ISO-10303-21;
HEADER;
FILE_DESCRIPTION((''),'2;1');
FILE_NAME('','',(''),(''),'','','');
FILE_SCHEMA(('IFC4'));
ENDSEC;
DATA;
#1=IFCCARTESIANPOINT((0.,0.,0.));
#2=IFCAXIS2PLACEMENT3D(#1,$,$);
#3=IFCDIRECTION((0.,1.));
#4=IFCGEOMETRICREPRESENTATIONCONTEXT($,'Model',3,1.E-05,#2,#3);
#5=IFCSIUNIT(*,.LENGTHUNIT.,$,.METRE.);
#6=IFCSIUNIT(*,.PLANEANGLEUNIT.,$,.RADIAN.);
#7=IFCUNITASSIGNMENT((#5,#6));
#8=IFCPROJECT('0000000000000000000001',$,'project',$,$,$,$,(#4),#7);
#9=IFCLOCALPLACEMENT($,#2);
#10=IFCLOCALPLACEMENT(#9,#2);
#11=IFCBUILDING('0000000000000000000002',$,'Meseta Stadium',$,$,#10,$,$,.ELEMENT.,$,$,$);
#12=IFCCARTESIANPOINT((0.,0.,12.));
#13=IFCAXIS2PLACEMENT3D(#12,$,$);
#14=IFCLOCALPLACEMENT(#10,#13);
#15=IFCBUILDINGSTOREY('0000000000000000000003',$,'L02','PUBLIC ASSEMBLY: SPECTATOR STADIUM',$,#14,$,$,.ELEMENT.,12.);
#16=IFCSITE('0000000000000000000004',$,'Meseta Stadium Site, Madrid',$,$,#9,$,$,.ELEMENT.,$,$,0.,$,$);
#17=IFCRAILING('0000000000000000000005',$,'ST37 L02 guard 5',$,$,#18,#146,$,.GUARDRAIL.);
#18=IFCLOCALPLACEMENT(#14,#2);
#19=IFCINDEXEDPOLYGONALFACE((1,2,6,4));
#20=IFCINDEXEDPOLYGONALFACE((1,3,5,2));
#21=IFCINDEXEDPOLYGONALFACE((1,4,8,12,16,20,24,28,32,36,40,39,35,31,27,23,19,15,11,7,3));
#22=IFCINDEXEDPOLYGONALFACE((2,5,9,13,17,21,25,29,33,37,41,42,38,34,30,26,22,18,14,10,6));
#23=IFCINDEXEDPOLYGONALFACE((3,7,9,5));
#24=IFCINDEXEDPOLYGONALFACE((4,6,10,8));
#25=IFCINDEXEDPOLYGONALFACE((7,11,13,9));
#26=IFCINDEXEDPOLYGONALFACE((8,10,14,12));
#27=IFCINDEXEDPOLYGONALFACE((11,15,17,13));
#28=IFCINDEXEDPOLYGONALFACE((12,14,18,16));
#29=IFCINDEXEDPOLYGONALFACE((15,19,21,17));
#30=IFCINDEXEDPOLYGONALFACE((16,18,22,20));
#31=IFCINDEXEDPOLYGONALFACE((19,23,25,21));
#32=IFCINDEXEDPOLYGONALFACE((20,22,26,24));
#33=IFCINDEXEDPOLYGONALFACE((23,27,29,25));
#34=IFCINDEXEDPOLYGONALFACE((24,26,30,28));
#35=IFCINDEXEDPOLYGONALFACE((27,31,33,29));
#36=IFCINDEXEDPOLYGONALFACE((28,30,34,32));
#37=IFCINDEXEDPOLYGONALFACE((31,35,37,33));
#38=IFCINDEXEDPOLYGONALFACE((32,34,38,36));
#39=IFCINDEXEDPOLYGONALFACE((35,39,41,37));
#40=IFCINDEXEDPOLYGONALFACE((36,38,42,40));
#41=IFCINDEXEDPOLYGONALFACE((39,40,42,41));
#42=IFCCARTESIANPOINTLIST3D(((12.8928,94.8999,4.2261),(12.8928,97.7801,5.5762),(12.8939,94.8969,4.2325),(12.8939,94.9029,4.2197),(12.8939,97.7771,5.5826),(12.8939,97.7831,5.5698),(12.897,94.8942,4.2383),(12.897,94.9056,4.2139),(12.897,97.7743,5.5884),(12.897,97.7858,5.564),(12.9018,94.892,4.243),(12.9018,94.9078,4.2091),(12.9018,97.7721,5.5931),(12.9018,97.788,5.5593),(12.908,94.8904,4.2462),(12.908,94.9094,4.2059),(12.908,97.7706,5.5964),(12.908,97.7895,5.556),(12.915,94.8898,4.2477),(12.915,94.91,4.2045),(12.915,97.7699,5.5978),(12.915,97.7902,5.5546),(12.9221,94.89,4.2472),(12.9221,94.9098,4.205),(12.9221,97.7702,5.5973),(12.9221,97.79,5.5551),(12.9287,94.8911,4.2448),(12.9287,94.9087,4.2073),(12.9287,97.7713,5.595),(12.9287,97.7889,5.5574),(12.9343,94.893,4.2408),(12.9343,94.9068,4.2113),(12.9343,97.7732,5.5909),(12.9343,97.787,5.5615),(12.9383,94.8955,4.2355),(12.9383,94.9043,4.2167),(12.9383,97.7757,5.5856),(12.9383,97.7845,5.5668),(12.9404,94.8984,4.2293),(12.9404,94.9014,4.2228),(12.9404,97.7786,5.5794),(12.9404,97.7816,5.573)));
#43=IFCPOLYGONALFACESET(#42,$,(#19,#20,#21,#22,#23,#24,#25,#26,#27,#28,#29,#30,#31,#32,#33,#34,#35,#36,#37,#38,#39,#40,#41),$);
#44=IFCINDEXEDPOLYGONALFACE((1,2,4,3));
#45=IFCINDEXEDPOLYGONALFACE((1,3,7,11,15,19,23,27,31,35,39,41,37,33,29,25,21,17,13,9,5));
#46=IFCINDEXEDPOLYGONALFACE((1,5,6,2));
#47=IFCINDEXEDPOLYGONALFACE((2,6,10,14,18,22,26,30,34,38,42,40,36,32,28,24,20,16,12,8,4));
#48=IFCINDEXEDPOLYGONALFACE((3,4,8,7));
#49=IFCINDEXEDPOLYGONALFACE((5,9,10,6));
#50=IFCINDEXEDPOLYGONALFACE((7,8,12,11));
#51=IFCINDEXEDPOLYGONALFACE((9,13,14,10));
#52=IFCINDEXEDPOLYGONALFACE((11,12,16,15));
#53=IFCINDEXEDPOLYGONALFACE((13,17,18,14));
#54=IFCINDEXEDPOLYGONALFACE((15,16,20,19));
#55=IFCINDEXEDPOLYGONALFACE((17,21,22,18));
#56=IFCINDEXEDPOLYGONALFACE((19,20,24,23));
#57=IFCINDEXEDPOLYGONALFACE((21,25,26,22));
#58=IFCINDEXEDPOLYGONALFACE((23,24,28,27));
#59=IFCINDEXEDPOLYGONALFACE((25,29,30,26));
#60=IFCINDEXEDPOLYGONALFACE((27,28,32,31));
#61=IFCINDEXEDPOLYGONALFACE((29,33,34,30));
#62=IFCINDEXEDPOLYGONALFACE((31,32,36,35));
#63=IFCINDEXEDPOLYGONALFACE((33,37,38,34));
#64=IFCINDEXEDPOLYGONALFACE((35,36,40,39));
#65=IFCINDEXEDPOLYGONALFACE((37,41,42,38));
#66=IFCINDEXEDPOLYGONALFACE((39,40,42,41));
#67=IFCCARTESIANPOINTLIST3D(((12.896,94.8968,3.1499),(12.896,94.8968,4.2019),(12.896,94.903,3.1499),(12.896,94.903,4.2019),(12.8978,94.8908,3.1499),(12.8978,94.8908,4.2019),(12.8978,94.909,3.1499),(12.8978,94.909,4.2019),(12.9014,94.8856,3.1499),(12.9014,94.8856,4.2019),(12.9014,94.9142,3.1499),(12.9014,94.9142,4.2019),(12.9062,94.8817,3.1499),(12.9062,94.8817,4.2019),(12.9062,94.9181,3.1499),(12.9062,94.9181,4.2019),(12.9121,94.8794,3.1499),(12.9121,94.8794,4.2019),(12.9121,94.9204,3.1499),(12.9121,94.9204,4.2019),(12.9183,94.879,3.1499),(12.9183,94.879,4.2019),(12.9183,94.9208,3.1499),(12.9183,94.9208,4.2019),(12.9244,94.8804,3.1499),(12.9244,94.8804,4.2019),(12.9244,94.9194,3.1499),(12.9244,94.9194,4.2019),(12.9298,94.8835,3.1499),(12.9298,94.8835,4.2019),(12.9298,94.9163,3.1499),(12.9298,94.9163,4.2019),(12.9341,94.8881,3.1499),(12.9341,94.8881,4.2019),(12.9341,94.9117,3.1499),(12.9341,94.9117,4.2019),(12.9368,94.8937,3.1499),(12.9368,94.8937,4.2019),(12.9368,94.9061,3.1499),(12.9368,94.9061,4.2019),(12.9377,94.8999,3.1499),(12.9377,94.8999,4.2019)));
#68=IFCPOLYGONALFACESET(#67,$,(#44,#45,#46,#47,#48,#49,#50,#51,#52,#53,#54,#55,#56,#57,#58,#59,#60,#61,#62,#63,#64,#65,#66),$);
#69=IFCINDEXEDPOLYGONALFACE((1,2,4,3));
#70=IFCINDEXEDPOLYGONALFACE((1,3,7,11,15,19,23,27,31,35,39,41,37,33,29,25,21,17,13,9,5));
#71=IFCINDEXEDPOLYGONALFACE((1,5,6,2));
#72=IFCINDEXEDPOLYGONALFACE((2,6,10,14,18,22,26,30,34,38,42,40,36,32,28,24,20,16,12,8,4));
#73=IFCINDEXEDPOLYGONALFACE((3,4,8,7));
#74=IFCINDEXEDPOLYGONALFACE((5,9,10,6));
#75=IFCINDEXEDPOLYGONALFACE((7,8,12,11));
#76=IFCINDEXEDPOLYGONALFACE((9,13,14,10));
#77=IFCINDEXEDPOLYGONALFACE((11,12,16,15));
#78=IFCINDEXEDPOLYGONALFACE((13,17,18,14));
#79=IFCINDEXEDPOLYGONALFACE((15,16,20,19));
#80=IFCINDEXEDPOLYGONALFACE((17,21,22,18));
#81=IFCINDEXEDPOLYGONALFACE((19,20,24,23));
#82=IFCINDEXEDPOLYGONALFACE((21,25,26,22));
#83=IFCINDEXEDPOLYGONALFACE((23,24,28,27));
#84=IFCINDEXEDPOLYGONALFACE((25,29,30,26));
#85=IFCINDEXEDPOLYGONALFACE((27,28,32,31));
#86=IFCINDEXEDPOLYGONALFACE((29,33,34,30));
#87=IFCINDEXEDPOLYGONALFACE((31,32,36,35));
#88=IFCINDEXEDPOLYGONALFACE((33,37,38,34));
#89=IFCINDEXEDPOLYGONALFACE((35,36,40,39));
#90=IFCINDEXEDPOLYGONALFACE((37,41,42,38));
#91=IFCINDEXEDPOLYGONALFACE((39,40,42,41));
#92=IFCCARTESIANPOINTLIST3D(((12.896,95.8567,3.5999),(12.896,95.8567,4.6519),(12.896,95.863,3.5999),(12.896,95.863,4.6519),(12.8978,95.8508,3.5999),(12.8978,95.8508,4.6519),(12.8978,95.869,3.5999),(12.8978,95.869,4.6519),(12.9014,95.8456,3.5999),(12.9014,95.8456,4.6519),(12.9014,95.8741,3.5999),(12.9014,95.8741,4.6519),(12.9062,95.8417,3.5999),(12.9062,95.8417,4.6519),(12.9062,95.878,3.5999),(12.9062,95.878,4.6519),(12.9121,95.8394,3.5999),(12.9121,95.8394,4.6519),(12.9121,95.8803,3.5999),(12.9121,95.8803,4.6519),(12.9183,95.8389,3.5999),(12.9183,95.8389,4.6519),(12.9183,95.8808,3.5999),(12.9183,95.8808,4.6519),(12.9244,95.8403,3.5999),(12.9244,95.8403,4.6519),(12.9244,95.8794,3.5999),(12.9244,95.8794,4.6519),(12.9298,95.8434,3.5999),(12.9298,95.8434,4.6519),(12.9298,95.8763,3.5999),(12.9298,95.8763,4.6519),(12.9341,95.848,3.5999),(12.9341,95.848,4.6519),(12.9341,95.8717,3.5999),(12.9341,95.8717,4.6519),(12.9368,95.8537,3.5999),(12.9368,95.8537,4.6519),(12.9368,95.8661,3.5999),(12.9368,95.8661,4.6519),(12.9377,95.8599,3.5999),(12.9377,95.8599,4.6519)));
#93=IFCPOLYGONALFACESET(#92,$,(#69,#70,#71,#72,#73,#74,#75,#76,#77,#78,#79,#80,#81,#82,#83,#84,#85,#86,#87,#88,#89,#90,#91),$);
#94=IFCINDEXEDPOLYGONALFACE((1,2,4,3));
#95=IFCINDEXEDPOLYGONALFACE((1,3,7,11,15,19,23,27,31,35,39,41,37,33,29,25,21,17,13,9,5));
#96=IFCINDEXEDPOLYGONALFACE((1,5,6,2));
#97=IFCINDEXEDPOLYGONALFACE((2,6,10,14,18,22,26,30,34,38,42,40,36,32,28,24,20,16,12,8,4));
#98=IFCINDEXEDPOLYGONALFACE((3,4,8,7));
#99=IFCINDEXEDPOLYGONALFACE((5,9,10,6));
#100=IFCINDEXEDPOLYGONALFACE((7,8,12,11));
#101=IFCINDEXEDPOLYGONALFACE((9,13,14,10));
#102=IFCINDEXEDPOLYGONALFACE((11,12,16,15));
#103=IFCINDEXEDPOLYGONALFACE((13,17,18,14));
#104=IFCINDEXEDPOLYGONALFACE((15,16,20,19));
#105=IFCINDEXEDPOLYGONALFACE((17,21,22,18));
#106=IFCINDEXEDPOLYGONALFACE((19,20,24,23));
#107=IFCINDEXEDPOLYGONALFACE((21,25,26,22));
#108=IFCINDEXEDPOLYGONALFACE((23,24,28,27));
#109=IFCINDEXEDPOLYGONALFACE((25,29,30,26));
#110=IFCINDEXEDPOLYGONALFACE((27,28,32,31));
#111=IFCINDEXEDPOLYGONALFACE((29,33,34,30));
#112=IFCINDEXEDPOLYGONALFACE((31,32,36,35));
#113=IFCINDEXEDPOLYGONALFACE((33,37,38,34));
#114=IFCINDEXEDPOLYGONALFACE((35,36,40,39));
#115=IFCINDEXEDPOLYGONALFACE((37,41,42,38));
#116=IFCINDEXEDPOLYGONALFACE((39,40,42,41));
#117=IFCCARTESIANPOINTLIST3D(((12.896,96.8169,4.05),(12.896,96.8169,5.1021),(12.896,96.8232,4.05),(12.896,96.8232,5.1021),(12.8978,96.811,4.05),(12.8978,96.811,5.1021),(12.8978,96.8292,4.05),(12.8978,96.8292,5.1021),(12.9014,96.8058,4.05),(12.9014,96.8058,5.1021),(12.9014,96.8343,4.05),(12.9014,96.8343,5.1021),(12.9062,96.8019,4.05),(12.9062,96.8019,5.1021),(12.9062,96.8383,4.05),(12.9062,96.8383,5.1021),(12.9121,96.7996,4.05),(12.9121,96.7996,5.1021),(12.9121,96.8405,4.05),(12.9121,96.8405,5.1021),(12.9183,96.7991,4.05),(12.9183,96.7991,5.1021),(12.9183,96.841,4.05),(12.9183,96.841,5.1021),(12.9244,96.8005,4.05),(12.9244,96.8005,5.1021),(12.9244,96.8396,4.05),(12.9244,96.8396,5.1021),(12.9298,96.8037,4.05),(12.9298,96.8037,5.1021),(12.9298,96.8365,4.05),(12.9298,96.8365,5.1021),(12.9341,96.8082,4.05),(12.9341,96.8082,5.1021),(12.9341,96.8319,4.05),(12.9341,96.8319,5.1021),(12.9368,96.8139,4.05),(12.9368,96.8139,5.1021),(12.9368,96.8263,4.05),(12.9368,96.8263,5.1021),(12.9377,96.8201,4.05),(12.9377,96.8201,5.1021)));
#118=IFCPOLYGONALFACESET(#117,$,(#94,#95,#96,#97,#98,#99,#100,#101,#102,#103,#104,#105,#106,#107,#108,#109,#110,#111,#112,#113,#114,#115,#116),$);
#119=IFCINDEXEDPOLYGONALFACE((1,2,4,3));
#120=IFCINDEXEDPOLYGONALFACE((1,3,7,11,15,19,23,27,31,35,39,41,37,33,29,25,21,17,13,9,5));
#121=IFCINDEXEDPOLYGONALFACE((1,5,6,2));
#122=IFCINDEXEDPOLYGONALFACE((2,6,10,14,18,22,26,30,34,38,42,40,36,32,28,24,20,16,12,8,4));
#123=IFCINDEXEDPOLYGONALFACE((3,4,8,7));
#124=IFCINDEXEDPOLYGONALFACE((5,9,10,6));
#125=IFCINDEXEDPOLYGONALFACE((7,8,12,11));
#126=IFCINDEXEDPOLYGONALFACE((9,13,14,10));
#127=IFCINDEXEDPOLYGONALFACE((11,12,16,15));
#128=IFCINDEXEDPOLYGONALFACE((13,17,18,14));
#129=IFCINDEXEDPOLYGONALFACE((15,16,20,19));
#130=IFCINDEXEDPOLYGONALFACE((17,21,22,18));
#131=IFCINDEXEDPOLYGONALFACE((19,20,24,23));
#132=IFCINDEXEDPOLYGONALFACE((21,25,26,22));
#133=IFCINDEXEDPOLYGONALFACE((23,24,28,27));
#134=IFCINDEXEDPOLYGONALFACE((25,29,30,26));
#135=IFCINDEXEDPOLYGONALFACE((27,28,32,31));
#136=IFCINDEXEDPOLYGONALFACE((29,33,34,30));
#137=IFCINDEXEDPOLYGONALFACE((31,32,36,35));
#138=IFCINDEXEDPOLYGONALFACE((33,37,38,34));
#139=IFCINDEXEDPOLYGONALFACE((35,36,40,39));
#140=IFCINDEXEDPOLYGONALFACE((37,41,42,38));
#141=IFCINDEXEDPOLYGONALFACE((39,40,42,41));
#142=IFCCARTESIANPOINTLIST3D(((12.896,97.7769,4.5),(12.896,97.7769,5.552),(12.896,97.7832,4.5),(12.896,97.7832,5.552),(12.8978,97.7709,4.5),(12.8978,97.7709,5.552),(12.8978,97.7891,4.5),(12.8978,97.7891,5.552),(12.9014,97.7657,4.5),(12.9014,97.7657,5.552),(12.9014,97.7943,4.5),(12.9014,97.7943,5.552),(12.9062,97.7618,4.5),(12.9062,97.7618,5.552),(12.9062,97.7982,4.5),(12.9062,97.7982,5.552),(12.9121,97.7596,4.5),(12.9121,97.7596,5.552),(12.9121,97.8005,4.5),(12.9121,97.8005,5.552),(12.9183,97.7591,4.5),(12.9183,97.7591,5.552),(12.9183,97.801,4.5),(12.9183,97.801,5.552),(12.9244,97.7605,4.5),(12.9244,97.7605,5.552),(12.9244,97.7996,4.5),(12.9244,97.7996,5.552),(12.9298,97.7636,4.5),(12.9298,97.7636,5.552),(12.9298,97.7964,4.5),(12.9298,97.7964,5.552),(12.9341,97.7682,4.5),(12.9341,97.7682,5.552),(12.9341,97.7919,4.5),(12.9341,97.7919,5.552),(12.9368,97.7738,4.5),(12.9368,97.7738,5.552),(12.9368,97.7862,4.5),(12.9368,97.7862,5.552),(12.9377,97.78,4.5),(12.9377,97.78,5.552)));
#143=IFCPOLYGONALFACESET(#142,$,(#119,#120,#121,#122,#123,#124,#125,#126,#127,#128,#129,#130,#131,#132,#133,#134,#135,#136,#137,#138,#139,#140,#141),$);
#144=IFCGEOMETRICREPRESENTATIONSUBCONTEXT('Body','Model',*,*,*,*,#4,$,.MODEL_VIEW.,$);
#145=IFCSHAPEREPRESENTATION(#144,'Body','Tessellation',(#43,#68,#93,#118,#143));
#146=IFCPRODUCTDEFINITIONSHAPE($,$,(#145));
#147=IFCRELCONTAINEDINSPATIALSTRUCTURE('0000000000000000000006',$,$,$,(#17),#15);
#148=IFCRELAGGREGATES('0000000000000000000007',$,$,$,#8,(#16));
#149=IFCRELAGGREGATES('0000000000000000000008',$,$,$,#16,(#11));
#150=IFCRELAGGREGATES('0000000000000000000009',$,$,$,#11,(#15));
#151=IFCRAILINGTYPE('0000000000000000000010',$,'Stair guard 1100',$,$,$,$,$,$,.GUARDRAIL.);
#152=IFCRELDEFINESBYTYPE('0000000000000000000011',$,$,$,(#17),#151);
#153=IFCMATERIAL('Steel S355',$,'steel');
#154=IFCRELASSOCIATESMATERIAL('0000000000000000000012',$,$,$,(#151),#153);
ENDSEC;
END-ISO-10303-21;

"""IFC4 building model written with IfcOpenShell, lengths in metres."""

from ifc_helpers import new_model, si_unit, direction, frame, origin, origin_2d, place, context, subcontext, project, spatial, circle, extrude, material, type_object, element, save


model = new_model("IFC4")

# Units and contexts
model_context = context("Model", 3, precision=1e-05, world=origin(), true_north=direction((0.0, 1.0)))
body_context = subcontext(model_context, "Body", "Model", "MODEL_VIEW")
ifc_project = project(units=[si_unit("LENGTHUNIT", "METRE"), si_unit("PLANEANGLEUNIT", "RADIAN")], contexts=[model_context])

# Site, building, storey
site_placement = place(None, origin())
site = spatial("IfcSite", under=ifc_project, at=site_placement, Name="Meseta Stadium Site, Madrid", CompositionType="ELEMENT", RefElevation=0.0)
building_placement = place(site_placement, origin())
building = spatial("IfcBuilding", under=site, at=building_placement, Name="Meseta Stadium", CompositionType="ELEMENT")
storey_placement = place(building_placement, frame((0.0, 0.0, 12.0)))
storey = spatial("IfcBuildingStorey", under=building, at=storey_placement, Name="L02", Description="PUBLIC ASSEMBLY: SPECTATOR STADIUM", CompositionType="ELEMENT", Elevation=12.0)

# Railing
ifc_material_1 = material(Name="Steel S355", Category="steel")
railing_type_1 = type_object("IfcRailingType", Name="Stair guard 1100", PredefinedType="GUARDRAIL", material=ifc_material_1)
railing_1_placement = place(storey_placement, frame((12.9167, 94.8999, 3.1499)))
element("IfcRailing", 1, at=railing_1_placement, inside=storey, type_object=railing_type_1, Name="ST37 L02 guard 5", PredefinedType="GUARDRAIL", context=body_context, shape_type="SweptSolid", body=[
    extrude(circle(Radius=0.0239, at=origin_2d()), frame((0.0, 0.0, 1.0762), z_axis=(0.0, 0.905454, 0.424444), x_axis=(-1.0, 0.0, 0.0)), (0.0, 0.0, 1.0), 3.1809),
    extrude(circle(Radius=0.021, at=origin_2d()), origin(), (0.0, 0.0, 1.0), 1.052),
    extrude(circle(Radius=0.021, at=origin_2d()), frame((0.0, 0.96, 0.45)), (0.0, 0.0, 1.0), 1.052),
    extrude(circle(Radius=0.021, at=origin_2d()), frame((0.0, 1.9202, 0.9001)), (0.0, 0.0, 1.0), 1.052),
    extrude(circle(Radius=0.021, at=origin_2d()), frame((0.0, 2.8801, 1.3501)), (0.0, 0.0, 1.0), 1.052),
])

save(model, "model.ifc")
